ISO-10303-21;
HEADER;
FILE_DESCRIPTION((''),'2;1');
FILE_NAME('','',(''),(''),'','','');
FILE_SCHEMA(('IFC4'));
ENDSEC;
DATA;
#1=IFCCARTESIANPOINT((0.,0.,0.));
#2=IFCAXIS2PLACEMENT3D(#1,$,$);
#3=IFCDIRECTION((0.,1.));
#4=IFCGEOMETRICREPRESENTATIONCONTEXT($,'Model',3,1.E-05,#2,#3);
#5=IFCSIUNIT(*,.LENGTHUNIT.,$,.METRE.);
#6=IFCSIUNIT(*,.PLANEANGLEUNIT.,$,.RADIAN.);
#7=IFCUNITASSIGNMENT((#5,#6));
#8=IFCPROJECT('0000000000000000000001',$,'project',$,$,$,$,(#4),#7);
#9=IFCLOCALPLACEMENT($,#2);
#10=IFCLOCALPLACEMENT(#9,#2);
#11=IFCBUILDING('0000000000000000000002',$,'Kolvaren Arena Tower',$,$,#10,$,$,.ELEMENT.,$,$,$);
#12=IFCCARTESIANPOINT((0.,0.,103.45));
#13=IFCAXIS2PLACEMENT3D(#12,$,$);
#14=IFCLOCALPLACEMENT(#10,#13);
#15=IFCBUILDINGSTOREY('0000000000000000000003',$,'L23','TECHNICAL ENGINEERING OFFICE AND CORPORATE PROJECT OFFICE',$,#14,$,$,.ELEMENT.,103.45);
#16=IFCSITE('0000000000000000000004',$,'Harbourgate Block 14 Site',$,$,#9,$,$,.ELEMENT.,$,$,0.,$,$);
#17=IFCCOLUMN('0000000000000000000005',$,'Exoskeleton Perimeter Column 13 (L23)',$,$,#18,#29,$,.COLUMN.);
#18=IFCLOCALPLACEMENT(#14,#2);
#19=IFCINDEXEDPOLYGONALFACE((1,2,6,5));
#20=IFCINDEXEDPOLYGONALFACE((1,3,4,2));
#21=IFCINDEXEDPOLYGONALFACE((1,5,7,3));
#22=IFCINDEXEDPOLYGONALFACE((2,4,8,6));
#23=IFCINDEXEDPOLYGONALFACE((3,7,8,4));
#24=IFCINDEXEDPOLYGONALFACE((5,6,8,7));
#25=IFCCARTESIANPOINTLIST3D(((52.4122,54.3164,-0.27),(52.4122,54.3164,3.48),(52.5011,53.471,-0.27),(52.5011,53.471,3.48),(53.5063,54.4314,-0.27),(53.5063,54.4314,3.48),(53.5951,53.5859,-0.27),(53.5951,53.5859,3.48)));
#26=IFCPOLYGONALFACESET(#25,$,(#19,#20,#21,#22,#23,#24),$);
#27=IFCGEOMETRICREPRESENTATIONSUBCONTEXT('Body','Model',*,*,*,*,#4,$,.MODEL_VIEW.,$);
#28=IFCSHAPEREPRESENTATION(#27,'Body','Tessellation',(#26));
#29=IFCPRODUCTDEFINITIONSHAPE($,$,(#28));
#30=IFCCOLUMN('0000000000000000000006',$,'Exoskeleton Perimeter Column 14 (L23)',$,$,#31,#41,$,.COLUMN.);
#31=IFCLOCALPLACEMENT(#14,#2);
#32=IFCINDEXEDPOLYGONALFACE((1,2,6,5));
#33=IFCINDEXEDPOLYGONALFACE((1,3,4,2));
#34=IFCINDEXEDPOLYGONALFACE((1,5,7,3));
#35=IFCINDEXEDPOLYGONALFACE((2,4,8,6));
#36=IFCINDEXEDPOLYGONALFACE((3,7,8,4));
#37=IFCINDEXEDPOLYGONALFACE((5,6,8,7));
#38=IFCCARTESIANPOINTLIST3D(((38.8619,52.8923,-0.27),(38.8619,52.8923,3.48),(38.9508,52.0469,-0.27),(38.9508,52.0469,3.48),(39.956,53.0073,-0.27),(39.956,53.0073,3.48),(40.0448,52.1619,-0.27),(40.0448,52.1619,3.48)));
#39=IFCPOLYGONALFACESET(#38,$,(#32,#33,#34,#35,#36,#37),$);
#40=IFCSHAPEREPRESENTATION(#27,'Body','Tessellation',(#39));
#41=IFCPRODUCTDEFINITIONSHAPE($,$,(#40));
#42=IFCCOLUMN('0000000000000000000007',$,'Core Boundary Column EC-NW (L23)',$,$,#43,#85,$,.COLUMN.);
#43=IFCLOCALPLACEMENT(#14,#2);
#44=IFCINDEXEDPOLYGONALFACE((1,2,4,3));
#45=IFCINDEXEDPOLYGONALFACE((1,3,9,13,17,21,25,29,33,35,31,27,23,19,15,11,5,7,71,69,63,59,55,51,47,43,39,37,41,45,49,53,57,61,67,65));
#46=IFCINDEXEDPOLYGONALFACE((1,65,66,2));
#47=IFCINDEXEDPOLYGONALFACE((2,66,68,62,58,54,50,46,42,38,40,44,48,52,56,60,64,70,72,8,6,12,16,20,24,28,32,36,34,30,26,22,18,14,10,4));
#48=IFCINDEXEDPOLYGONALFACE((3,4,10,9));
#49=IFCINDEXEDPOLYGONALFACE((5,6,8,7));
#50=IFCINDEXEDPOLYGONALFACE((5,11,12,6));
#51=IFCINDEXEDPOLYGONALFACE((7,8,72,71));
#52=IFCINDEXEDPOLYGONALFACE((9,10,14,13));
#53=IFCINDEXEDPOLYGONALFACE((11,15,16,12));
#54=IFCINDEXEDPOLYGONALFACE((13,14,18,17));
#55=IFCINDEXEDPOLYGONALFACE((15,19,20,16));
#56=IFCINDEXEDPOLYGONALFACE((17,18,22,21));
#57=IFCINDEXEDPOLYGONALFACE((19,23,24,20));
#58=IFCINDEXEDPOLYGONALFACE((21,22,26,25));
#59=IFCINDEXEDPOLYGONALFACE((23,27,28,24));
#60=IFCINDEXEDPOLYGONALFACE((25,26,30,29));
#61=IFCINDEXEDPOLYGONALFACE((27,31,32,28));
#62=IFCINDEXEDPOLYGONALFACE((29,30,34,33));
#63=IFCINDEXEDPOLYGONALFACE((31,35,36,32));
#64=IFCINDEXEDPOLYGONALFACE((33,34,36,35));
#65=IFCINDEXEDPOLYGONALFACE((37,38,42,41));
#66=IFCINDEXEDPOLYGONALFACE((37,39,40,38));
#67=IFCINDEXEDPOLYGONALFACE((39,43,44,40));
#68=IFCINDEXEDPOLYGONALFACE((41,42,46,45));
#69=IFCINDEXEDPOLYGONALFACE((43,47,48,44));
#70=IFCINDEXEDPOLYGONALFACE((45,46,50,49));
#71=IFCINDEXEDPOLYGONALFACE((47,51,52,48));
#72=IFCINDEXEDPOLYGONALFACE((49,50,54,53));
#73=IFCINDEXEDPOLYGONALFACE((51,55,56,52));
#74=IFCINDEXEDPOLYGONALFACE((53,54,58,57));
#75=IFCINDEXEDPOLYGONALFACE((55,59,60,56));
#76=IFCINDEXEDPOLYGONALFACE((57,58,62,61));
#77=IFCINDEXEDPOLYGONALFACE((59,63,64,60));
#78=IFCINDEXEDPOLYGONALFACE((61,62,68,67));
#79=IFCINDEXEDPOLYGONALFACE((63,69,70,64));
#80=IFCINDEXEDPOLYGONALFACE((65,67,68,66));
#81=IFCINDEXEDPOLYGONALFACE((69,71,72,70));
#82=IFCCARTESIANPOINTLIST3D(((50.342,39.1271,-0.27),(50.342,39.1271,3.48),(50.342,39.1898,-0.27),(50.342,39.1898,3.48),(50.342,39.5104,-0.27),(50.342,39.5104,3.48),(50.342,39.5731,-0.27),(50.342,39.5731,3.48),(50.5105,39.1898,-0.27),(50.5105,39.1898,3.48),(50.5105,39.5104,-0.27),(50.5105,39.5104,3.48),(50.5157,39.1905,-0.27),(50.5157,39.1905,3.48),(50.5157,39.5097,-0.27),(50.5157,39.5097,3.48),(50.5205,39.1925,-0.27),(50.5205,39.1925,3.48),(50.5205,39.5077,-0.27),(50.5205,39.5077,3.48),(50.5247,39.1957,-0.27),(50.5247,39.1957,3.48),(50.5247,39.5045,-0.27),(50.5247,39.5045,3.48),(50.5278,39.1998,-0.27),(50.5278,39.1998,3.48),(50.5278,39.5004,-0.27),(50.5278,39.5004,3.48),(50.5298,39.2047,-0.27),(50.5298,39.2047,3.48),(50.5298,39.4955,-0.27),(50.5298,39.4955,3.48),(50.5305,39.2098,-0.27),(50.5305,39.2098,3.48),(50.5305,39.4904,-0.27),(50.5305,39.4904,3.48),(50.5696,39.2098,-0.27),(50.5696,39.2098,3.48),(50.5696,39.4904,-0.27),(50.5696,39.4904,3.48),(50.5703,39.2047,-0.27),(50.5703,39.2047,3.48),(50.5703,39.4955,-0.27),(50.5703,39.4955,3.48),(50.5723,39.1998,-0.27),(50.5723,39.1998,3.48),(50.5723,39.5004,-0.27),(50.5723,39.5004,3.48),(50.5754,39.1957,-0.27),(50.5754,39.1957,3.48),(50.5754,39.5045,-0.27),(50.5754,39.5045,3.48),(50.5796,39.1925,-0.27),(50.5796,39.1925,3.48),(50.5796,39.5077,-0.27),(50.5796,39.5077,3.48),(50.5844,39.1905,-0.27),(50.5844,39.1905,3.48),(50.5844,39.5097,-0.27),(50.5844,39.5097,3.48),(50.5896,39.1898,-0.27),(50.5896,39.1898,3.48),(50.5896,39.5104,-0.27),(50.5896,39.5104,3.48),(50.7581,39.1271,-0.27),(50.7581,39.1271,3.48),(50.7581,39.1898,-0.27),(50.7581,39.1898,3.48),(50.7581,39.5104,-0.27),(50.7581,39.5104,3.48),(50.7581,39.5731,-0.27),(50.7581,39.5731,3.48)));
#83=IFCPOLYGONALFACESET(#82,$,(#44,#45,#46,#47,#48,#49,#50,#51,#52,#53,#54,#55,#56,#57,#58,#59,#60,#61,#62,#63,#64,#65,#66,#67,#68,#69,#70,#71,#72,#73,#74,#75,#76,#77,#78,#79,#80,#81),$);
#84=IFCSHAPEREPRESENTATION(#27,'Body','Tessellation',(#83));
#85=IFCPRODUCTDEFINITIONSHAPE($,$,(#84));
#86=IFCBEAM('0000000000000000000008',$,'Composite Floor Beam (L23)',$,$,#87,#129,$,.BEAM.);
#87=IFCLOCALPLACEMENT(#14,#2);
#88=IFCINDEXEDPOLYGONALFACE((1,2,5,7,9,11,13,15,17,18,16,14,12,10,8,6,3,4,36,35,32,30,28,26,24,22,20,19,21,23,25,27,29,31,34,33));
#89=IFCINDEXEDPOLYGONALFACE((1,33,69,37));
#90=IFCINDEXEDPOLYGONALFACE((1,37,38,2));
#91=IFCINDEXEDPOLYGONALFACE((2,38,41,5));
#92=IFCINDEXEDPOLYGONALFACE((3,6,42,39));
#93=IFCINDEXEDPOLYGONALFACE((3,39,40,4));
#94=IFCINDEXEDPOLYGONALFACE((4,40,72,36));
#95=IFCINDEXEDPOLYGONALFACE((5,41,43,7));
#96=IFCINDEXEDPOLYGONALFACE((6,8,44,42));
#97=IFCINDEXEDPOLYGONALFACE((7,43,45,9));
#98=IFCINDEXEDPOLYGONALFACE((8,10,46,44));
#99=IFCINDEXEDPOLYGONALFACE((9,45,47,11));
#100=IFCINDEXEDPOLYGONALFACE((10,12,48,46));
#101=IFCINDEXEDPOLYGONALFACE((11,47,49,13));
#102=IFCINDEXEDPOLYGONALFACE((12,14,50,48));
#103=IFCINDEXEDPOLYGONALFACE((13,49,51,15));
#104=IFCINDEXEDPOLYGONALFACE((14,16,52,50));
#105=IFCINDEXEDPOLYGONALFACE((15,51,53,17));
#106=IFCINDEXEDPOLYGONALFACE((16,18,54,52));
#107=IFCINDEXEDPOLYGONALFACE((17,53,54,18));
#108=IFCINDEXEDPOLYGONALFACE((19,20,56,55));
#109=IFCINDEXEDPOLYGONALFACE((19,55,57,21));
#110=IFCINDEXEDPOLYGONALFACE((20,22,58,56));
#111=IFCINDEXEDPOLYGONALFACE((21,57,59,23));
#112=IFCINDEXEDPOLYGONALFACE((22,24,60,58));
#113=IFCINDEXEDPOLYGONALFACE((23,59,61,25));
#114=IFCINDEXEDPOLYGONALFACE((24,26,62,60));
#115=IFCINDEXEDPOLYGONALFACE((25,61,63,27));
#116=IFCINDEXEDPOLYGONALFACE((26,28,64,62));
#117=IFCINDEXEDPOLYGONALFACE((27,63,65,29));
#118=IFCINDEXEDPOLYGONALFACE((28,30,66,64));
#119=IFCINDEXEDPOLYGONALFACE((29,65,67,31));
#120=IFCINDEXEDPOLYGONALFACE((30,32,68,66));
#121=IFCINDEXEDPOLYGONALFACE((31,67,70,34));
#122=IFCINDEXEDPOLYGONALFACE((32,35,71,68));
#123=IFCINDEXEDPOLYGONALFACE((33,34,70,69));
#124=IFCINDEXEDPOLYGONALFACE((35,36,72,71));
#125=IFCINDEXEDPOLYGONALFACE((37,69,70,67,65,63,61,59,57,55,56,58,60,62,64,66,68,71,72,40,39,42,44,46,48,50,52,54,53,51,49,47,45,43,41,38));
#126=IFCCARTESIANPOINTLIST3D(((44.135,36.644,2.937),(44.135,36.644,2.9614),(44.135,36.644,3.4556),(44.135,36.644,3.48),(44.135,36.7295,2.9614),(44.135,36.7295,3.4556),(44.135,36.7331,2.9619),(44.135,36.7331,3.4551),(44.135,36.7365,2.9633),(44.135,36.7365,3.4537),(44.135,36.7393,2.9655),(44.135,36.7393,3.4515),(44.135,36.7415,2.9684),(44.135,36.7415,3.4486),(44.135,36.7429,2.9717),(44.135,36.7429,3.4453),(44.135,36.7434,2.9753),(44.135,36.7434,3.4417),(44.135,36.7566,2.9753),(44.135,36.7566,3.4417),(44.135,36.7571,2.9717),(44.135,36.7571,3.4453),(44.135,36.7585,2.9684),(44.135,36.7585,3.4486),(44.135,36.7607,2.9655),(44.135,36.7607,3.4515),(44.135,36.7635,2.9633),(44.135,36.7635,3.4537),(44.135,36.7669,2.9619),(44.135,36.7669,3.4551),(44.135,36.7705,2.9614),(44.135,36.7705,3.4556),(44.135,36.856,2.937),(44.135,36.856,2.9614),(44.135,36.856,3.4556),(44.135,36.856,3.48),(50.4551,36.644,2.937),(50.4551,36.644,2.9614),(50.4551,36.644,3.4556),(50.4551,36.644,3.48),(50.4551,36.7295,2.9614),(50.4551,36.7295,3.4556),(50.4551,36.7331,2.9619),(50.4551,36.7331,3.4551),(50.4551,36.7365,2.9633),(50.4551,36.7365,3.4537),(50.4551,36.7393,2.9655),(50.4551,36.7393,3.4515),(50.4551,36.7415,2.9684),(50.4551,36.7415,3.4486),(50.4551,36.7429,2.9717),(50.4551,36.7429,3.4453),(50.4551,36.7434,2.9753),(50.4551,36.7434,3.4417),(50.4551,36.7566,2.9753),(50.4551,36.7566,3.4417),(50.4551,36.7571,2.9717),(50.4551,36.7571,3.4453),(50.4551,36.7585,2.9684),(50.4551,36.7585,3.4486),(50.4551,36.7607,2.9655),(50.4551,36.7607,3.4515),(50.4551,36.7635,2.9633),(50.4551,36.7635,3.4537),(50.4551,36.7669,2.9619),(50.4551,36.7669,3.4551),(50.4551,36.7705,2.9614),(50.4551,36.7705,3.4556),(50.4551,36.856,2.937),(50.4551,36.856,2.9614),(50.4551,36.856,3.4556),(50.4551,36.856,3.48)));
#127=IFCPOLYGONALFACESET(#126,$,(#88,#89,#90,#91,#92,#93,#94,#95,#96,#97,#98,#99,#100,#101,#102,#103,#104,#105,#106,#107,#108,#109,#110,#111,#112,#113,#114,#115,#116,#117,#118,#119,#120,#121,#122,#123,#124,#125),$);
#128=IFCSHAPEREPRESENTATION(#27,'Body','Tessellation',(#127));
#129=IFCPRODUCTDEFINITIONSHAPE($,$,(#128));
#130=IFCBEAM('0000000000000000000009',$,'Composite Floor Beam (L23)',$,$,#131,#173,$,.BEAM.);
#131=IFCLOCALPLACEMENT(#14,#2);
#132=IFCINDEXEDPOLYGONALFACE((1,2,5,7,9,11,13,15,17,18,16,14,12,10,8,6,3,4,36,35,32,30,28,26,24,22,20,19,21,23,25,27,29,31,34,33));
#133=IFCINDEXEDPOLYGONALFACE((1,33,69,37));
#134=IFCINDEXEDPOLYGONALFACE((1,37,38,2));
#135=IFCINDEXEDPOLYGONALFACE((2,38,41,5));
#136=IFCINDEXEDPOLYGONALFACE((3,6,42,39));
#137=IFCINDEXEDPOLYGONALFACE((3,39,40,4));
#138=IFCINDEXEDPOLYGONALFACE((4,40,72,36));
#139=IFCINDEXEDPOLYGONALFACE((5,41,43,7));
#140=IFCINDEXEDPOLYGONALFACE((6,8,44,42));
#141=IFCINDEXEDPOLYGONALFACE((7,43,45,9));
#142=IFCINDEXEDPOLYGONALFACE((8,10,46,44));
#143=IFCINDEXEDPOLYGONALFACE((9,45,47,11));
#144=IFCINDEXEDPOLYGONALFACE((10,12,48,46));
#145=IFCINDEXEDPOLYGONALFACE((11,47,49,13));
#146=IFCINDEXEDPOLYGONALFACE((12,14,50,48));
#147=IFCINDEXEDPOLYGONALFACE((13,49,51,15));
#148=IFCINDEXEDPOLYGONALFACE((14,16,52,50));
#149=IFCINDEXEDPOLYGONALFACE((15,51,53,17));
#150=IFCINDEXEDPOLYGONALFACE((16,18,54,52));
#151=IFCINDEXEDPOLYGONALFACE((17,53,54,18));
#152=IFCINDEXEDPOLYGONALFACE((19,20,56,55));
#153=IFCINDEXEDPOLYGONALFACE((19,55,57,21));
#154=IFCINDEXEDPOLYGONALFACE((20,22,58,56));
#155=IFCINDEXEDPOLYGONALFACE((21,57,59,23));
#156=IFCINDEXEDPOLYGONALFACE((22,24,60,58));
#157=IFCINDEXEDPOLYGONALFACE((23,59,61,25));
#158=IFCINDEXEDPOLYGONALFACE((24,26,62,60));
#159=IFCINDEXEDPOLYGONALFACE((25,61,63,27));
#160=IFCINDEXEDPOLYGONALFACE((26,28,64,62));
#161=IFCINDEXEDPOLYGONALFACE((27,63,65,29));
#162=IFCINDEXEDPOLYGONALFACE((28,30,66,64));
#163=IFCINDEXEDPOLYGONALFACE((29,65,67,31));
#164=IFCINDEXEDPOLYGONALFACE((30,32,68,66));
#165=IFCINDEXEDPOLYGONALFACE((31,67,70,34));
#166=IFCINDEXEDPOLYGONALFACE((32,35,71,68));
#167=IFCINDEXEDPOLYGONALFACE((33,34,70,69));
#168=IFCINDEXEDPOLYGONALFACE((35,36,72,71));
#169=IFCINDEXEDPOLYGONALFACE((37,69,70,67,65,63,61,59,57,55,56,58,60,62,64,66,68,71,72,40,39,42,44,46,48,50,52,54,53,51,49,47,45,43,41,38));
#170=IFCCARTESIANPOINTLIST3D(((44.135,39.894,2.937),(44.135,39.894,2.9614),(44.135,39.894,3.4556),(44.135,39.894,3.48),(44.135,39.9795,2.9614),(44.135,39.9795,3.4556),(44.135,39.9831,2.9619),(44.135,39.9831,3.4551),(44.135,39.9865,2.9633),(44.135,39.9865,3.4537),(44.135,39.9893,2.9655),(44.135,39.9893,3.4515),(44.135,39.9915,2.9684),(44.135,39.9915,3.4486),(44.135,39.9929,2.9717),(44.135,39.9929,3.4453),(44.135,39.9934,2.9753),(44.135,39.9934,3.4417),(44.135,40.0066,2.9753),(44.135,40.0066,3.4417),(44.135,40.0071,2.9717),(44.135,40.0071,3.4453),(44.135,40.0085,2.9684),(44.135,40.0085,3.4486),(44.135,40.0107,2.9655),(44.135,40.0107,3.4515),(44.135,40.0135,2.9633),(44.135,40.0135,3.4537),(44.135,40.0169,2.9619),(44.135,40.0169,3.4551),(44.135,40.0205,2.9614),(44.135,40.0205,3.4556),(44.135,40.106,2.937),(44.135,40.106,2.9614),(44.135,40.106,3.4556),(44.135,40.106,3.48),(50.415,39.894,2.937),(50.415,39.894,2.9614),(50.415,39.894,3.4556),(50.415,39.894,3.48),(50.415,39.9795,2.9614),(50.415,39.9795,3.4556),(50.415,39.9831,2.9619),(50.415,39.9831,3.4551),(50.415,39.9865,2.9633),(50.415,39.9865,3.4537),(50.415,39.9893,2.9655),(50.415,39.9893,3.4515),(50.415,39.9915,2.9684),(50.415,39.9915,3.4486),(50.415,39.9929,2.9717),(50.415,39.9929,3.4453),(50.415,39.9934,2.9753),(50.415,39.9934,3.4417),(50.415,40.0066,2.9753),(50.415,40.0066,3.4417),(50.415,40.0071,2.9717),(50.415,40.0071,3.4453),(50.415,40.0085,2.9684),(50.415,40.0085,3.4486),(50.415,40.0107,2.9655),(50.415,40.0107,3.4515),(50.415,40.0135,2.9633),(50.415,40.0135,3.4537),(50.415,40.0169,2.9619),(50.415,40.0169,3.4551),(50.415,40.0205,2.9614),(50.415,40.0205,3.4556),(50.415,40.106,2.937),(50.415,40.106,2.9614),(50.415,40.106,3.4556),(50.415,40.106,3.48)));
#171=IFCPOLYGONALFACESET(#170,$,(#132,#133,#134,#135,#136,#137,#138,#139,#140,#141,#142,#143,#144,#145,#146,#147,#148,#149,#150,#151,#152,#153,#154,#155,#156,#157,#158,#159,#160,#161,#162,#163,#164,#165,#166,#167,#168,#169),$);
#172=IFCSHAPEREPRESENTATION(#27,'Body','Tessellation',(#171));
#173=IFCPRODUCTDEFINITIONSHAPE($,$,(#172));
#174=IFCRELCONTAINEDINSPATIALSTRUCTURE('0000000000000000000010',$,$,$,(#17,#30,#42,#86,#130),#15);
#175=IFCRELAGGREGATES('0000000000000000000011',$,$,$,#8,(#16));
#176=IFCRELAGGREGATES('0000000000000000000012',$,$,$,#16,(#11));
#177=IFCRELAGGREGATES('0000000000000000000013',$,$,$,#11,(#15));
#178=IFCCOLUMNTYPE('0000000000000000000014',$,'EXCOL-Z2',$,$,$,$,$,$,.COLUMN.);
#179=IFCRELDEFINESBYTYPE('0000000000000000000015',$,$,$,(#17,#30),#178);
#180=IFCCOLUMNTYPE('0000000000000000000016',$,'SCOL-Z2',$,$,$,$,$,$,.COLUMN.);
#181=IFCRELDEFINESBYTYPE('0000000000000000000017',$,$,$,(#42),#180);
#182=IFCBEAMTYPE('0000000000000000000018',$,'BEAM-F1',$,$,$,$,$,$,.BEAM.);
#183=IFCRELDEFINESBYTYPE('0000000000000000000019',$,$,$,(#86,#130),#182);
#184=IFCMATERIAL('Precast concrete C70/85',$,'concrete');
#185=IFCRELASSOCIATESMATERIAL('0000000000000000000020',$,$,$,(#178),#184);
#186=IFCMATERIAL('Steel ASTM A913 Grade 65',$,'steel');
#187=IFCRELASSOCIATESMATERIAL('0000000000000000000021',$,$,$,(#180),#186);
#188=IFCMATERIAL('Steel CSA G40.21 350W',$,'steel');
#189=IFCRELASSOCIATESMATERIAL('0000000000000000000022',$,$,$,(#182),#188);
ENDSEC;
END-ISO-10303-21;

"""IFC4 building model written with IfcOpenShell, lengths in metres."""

from ifc_helpers import new_model, si_unit, direction, frame, origin, origin_2d, place, context, subcontext, project, spatial, rectangle, i_section, extrude, material, material_profile, profile_set, type_object, element, save


model = new_model("IFC4")

# Units and contexts
model_context = context("Model", 3, precision=1e-05, world=origin(), true_north=direction((0.0, 1.0)))
body_context = subcontext(model_context, "Body", "Model", "MODEL_VIEW")
ifc_project = project(units=[si_unit("LENGTHUNIT", "METRE"), si_unit("PLANEANGLEUNIT", "RADIAN")], contexts=[model_context])

# Site, building, storey
site_placement = place(None, origin())
site = spatial("IfcSite", under=ifc_project, at=site_placement, Name="Harbourgate Block 14 Site", CompositionType="ELEMENT", RefElevation=0.0)
building_placement = place(site_placement, origin())
building = spatial("IfcBuilding", under=site, at=building_placement, Name="Kolvaren Arena Tower", CompositionType="ELEMENT")
storey_placement = place(building_placement, frame((0.0, 0.0, 103.45)))
storey = spatial("IfcBuildingStorey", under=building, at=storey_placement, Name="L23", Description="TECHNICAL ENGINEERING OFFICE AND CORPORATE PROJECT OFFICE", CompositionType="ELEMENT", Elevation=103.45)

# Columns
ifc_material_1 = material(Name="Precast concrete C70/85", Category="concrete")
ifc_material_profile_1 = material_profile(ifc_material_1, rectangle(XDim=1.1001, YDim=0.8501, at=origin_2d()), Name="RC-1100x850")
ifc_profile_set_1 = profile_set([ifc_material_profile_1], Name="Precast concrete C70/85")
column_type_1 = type_object("IfcColumnType", Name="EXCOL-Z2", PredefinedType="COLUMN", material=ifc_profile_set_1)
for number, where, z_axis, x_axis, name in (
    (1, (53.0037, 53.9512, -0.27), (0.0, 0.0, 1.0), (0.994522, 0.104528, 0.0), "Exoskeleton Perimeter Column 13 (L23)"),
    (2, (39.4534, 52.5271, -0.27), (0.0, 0.0, 1.0), (0.994522, 0.104528, 0.0), "Exoskeleton Perimeter Column 14 (L23)"),
):
    element("IfcColumn", number, at=place(storey_placement, frame(where, z_axis=z_axis, x_axis=x_axis)), inside=storey, type_object=column_type_1, Name=name, PredefinedType="COLUMN", context=body_context, shape_type="SweptSolid", body=[
        extrude(rectangle(XDim=1.1001, YDim=0.8501, at=origin_2d()), origin(), (0.0, 0.0, 1.0), 3.75),
    ])
ifc_material_2 = material(Name="Steel ASTM A913 Grade 65", Category="steel")
ifc_material_profile_2 = material_profile(ifc_material_2, i_section(OverallWidth=0.416, OverallDepth=0.446, WebThickness=0.0391, FlangeThickness=0.0627, FilletRadius=0.02, at=origin_2d()), Name="W360x509")
ifc_profile_set_2 = profile_set([ifc_material_profile_2], Name="Steel ASTM A913 Grade 65")
column_type_2 = type_object("IfcColumnType", Name="SCOL-Z2", PredefinedType="COLUMN", material=ifc_profile_set_2)
column_placement = place(storey_placement, frame((50.55, 39.3501, -0.27), z_axis=(0.0, 0.0, 1.0), x_axis=(1.0, 0.0, 0.0)))
element("IfcColumn", 3, at=column_placement, inside=storey, type_object=column_type_2, Name="Core Boundary Column EC-NW (L23)", PredefinedType="COLUMN", context=body_context, shape_type="SweptSolid", body=[
    extrude(i_section(OverallWidth=0.416, OverallDepth=0.446, WebThickness=0.0391, FlangeThickness=0.0627, FilletRadius=0.02, at=origin_2d()), origin(), (0.0, 0.0, 1.0), 3.75),
])

# Beams
ifc_material_3 = material(Name="Steel CSA G40.21 350W", Category="steel")
ifc_material_profile_3 = material_profile(ifc_material_3, i_section(OverallWidth=0.2119, OverallDepth=0.543, WebThickness=0.0132, FlangeThickness=0.0244, FilletRadius=0.0139, at=origin_2d()), Name="W530x150")
ifc_profile_set_3 = profile_set([ifc_material_profile_3], Name="Steel CSA G40.21 350W")
beam_type_1 = type_object("IfcBeamType", Name="BEAM-F1", PredefinedType="BEAM", material=ifc_profile_set_3)
beam_1_placement = place(storey_placement, frame((44.135, 36.75, 3.2085), z_axis=(1.0, 0.0, 0.0), x_axis=(0.0, 1.0, 0.0)))
element("IfcBeam", 4, at=beam_1_placement, inside=storey, type_object=beam_type_1, Name="Composite Floor Beam (L23)", PredefinedType="BEAM", context=body_context, shape_type="SweptSolid", body=[
    extrude(i_section(OverallWidth=0.2119, OverallDepth=0.543, WebThickness=0.0132, FlangeThickness=0.0244, FilletRadius=0.0139, at=origin_2d()), origin(), (0.0, 0.0, 1.0), 6.3201),
])
beam_2_placement = place(storey_placement, frame((44.135, 40.0, 3.2085), z_axis=(1.0, 0.0, 0.0), x_axis=(0.0, 1.0, 0.0)))
element("IfcBeam", 5, at=beam_2_placement, inside=storey, type_object=beam_type_1, Name="Composite Floor Beam (L23)", PredefinedType="BEAM", context=body_context, shape_type="SweptSolid", body=[
    extrude(i_section(OverallWidth=0.2119, OverallDepth=0.543, WebThickness=0.0132, FlangeThickness=0.0244, FilletRadius=0.0139, at=origin_2d()), origin(), (0.0, 0.0, 1.0), 6.28),
])

save(model, "model.ifc")
